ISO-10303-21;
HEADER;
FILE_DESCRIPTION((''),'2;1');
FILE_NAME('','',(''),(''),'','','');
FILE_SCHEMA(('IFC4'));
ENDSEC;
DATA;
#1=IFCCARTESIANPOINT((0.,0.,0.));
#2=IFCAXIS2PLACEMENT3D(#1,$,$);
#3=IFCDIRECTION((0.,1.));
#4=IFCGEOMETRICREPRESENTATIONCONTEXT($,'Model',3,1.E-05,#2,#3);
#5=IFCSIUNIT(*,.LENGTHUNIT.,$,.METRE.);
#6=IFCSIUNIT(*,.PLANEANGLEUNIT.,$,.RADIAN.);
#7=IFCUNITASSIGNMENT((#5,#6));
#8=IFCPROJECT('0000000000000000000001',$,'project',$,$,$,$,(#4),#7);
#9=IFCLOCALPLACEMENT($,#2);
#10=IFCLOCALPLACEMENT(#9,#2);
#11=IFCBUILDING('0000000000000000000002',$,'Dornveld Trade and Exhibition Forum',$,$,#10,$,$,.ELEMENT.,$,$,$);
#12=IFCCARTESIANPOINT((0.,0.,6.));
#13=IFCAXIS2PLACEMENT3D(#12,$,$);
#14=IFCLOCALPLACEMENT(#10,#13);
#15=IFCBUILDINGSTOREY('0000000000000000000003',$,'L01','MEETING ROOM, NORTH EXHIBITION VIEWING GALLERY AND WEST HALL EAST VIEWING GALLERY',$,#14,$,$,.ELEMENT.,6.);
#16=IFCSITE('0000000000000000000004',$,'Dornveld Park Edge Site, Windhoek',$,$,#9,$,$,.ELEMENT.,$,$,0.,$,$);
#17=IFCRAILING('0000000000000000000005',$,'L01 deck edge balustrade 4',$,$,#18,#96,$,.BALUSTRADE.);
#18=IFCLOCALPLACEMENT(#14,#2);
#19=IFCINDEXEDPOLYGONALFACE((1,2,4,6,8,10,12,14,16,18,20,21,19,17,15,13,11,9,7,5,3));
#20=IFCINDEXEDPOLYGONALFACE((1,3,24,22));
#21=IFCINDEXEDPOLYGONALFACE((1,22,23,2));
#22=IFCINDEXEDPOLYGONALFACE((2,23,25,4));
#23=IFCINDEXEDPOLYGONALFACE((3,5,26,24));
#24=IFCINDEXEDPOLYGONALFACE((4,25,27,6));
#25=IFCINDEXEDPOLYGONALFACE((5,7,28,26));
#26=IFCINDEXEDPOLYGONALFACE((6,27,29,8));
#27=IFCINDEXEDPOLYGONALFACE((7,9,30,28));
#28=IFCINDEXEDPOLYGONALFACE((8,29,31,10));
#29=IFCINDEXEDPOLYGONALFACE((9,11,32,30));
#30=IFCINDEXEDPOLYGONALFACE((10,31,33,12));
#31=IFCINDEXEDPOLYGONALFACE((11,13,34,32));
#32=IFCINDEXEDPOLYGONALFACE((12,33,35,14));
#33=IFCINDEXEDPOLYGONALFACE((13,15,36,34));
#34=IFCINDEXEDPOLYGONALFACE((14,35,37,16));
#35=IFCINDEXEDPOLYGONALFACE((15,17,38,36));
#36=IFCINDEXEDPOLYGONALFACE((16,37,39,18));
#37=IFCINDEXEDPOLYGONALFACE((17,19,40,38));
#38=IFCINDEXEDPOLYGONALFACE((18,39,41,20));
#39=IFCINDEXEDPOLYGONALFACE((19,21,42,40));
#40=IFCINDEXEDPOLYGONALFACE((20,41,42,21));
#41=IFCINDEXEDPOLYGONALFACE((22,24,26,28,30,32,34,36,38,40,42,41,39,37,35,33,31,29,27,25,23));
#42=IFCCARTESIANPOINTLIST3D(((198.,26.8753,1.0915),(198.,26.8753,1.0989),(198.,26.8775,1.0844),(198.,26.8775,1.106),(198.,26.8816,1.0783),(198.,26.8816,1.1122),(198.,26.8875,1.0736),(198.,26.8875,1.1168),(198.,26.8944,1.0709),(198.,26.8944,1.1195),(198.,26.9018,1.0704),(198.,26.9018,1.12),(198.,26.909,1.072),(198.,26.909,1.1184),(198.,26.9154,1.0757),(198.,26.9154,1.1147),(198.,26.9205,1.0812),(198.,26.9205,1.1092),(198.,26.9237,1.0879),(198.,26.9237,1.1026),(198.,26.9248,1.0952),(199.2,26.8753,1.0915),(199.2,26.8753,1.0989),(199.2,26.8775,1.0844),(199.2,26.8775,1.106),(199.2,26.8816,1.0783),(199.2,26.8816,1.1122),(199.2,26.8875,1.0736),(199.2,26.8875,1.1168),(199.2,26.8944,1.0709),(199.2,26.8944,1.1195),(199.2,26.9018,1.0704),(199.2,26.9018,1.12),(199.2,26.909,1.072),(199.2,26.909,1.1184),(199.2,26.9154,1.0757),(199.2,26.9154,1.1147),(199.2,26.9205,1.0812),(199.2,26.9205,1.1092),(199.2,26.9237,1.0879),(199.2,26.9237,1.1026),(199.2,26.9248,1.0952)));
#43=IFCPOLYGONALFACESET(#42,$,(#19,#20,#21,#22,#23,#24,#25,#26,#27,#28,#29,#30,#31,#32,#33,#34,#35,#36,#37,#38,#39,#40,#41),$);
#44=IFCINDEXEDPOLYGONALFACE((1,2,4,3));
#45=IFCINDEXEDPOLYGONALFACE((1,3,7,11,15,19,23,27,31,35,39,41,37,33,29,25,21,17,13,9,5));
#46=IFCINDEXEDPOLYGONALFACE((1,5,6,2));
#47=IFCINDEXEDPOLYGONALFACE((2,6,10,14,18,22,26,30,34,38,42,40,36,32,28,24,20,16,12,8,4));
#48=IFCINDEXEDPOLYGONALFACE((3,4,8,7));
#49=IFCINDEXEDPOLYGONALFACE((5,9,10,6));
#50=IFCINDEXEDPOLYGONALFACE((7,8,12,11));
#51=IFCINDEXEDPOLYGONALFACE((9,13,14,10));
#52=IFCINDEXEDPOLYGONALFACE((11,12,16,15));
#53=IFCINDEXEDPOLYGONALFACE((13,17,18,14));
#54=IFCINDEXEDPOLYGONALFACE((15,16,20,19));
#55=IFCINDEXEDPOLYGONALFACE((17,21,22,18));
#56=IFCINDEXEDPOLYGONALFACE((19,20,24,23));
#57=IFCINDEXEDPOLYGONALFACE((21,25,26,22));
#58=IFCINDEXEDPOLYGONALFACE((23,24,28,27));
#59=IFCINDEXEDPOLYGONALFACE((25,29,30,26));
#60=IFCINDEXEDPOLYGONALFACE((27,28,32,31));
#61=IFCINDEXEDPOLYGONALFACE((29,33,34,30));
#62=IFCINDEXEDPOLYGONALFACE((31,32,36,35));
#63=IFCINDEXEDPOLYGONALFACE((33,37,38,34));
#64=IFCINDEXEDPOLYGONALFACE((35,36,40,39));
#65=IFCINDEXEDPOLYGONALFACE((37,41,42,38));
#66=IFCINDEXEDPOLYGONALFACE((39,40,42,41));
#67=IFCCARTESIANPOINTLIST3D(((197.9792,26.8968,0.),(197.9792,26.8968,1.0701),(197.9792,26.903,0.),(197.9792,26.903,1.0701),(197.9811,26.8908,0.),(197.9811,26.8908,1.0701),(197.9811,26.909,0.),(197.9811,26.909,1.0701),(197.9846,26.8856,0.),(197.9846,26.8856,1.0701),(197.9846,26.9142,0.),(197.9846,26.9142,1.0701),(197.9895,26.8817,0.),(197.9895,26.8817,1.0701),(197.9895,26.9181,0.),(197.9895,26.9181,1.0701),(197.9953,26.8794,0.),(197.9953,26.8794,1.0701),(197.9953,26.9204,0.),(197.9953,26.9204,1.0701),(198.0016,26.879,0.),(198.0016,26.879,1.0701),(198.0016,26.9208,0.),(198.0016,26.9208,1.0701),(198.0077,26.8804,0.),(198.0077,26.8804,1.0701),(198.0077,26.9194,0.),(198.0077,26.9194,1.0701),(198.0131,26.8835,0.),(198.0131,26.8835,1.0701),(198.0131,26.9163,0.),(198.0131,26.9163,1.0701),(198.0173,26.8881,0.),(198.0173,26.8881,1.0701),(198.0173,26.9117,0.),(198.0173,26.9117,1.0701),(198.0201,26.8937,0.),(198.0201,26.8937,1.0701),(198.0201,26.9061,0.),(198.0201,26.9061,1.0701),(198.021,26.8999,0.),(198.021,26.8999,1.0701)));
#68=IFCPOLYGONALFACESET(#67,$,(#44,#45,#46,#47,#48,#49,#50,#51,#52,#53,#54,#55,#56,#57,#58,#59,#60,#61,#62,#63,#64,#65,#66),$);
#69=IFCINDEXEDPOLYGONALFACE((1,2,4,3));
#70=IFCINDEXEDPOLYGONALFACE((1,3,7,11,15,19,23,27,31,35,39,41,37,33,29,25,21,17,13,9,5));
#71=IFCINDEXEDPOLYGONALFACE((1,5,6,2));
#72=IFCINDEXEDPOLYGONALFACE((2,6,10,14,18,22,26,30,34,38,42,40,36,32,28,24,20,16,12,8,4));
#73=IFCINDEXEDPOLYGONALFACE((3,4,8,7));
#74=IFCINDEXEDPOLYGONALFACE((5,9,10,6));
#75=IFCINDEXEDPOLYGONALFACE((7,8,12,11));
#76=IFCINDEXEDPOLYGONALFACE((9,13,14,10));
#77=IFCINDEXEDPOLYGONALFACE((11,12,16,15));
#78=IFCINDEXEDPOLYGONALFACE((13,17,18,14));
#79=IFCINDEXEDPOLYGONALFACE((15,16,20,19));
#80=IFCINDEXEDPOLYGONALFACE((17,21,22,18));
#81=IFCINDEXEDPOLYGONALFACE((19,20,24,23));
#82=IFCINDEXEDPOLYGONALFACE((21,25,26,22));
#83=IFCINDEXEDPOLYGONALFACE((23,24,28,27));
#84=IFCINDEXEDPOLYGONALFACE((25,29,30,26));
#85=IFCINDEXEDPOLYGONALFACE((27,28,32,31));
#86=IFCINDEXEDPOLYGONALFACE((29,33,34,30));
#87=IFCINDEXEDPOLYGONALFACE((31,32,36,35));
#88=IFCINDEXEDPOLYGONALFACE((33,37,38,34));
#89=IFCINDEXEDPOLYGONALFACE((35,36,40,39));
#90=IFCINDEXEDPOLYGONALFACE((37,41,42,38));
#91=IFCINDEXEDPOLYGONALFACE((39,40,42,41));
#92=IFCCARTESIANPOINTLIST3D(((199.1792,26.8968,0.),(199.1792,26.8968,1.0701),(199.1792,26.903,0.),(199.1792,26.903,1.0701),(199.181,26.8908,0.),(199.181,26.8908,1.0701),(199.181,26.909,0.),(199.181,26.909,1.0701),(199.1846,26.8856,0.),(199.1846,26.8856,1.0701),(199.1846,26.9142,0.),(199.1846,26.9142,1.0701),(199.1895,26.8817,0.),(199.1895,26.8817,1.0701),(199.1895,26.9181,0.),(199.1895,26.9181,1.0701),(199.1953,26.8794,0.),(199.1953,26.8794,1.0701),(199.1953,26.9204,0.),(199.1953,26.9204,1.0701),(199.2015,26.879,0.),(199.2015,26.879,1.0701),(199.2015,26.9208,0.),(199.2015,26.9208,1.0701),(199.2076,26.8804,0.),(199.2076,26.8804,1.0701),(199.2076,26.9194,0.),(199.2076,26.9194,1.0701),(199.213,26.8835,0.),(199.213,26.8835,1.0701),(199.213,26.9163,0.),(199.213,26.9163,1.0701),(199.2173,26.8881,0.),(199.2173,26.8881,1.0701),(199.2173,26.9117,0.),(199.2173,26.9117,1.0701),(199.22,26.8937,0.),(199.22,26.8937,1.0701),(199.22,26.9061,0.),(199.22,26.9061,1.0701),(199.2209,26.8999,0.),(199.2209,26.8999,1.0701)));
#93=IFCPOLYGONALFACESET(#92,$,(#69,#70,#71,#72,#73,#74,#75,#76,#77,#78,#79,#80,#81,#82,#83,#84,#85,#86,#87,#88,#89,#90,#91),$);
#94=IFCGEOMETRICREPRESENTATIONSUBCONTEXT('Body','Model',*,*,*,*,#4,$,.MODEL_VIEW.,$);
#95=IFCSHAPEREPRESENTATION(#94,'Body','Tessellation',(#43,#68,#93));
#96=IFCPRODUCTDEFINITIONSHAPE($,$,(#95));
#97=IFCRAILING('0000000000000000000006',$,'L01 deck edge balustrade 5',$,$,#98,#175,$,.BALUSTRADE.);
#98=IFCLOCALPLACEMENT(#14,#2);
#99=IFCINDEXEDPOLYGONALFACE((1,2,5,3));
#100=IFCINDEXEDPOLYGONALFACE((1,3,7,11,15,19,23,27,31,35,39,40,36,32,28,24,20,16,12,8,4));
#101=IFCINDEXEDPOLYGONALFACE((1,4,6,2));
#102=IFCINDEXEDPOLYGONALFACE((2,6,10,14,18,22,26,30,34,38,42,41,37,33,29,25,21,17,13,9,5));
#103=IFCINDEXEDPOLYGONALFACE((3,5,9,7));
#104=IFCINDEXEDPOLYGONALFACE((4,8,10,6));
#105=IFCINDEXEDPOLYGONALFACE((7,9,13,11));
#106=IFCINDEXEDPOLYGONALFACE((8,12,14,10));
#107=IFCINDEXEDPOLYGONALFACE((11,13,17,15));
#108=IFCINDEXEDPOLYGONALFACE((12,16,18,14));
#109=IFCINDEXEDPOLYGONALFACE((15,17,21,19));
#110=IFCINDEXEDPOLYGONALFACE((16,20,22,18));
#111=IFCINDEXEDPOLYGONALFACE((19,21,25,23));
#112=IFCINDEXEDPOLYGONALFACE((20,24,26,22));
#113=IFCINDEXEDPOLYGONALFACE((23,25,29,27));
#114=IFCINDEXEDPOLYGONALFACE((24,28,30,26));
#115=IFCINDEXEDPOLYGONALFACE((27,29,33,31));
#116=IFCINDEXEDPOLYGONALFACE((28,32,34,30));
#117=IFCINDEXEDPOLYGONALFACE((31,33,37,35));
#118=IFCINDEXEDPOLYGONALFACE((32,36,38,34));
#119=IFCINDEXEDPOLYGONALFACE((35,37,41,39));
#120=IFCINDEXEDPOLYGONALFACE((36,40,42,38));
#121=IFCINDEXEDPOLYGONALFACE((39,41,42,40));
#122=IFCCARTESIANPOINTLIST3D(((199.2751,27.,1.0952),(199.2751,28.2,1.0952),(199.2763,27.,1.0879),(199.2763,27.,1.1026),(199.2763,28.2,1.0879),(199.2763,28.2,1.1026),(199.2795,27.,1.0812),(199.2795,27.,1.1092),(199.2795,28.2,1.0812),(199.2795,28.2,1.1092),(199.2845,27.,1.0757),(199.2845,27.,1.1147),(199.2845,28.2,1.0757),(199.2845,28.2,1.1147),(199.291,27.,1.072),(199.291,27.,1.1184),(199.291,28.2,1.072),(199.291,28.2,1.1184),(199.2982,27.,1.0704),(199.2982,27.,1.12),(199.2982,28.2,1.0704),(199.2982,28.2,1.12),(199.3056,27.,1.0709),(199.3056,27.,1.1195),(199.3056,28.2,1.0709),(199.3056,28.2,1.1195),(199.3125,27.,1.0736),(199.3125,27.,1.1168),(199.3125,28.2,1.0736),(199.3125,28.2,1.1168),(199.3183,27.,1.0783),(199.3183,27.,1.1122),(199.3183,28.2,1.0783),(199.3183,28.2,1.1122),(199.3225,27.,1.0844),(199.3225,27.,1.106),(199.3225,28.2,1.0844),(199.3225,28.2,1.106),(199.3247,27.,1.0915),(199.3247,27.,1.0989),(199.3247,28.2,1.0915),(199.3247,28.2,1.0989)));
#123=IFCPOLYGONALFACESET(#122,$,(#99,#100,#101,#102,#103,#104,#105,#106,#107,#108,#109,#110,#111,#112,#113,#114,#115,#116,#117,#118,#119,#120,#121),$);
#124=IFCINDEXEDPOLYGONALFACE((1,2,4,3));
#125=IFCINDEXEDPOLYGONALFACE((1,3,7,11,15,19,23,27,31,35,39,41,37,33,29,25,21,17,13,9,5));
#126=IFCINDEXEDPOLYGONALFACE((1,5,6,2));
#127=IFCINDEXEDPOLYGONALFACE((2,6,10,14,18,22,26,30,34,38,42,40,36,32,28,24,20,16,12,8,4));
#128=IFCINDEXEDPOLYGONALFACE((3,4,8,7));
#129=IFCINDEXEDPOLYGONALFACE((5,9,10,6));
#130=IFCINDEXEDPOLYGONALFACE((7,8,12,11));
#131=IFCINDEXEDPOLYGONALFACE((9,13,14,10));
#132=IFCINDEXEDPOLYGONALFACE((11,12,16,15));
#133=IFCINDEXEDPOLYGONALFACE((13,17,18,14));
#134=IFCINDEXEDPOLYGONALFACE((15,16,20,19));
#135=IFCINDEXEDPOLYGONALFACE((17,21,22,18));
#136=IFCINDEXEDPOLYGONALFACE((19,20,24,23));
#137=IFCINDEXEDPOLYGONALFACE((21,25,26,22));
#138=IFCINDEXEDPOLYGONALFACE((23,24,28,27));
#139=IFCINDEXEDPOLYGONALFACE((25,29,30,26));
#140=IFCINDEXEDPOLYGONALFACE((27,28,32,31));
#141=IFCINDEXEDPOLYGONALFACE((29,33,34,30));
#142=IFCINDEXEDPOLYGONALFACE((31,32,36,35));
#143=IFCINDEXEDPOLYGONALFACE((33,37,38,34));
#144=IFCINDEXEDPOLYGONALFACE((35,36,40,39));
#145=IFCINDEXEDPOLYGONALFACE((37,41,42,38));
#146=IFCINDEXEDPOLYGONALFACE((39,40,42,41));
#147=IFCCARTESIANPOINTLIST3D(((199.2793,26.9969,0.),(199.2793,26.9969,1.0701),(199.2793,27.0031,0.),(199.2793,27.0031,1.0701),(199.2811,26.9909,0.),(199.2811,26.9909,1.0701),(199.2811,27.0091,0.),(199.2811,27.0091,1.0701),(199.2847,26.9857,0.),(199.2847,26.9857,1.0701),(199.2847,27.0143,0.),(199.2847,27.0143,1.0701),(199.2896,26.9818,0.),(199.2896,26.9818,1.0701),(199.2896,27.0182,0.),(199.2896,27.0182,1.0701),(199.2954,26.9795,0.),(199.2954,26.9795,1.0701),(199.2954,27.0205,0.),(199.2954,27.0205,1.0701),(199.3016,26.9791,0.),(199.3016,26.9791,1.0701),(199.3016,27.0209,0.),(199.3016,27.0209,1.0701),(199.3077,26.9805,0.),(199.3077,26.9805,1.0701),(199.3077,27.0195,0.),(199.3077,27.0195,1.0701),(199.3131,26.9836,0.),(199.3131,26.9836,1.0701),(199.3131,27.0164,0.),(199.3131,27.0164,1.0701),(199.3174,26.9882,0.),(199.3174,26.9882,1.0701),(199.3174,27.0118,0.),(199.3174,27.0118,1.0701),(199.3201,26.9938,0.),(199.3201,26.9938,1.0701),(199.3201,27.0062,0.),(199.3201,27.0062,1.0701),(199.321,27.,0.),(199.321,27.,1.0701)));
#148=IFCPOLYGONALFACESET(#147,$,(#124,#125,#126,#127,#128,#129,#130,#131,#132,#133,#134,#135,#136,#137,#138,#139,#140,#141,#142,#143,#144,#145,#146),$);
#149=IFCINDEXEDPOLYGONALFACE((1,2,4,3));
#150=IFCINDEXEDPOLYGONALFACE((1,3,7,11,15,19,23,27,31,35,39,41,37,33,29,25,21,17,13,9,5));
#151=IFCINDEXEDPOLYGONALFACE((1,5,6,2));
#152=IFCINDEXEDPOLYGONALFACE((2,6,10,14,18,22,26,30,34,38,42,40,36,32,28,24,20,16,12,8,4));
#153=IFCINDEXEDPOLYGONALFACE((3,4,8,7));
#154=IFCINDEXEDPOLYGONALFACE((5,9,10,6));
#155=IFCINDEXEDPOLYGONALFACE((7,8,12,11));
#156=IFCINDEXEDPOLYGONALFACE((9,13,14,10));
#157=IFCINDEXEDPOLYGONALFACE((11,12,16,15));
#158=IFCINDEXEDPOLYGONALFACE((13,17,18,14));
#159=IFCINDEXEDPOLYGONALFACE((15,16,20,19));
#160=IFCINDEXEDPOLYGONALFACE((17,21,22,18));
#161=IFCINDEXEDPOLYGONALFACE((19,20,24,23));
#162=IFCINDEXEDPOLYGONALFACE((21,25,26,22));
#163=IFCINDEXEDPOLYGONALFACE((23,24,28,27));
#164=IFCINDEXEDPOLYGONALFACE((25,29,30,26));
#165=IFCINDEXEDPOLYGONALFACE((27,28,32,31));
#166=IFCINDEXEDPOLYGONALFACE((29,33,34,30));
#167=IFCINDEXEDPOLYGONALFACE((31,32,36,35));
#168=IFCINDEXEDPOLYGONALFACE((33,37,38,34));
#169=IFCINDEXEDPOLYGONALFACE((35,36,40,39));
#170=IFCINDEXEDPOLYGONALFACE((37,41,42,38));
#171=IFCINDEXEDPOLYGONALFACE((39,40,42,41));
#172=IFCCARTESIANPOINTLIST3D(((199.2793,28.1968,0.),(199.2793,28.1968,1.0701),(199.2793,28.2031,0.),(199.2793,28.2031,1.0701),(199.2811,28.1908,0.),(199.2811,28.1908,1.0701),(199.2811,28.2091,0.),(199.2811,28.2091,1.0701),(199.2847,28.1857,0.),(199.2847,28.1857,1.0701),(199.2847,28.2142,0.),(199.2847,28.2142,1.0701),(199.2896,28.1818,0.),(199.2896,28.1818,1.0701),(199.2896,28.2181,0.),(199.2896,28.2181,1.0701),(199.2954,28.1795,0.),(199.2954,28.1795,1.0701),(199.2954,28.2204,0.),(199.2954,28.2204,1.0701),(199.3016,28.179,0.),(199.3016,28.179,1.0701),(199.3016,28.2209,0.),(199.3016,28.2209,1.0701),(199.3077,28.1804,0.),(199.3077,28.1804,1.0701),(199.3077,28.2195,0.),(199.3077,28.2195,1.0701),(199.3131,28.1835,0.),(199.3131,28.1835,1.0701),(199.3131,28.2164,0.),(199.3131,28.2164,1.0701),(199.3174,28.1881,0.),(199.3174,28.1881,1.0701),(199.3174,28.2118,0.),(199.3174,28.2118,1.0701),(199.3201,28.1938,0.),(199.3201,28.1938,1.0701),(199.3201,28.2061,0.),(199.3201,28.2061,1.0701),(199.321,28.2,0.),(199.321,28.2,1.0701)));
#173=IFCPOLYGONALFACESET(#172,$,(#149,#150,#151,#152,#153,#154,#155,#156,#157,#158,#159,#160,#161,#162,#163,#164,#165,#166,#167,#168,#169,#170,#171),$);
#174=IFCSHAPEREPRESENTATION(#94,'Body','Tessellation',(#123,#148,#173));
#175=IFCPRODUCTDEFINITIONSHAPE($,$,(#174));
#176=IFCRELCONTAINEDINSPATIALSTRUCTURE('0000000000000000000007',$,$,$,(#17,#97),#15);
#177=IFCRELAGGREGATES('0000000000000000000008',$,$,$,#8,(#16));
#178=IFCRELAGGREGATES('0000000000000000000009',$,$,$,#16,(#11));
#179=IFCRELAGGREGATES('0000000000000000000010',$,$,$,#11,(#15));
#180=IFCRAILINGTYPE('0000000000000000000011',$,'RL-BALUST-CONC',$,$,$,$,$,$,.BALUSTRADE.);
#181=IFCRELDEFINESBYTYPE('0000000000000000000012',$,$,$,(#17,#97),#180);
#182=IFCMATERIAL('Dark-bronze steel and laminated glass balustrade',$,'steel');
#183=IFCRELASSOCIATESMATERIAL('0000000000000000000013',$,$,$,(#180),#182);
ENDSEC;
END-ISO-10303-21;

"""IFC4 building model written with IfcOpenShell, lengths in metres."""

from ifc_helpers import new_model, si_unit, direction, frame, origin, origin_2d, place, context, subcontext, project, spatial, circle, extrude, material, type_object, element, save


model = new_model("IFC4")

# Units and contexts
model_context = context("Model", 3, precision=1e-05, world=origin(), true_north=direction((0.0, 1.0)))
body_context = subcontext(model_context, "Body", "Model", "MODEL_VIEW")
ifc_project = project(units=[si_unit("LENGTHUNIT", "METRE"), si_unit("PLANEANGLEUNIT", "RADIAN")], contexts=[model_context])

# Site, building, storey
site_placement = place(None, origin())
site = spatial("IfcSite", under=ifc_project, at=site_placement, Name="Dornveld Park Edge Site, Windhoek", CompositionType="ELEMENT", RefElevation=0.0)
building_placement = place(site_placement, origin())
building = spatial("IfcBuilding", under=site, at=building_placement, Name="Dornveld Trade and Exhibition Forum", CompositionType="ELEMENT")
storey_placement = place(building_placement, frame((0.0, 0.0, 6.0)))
storey = spatial("IfcBuildingStorey", under=building, at=storey_placement, Name="L01", Description="MEETING ROOM, NORTH EXHIBITION VIEWING GALLERY AND WEST HALL EAST VIEWING GALLERY", CompositionType="ELEMENT", Elevation=6.0)

# Railings
ifc_material_1 = material(Name="Dark-bronze steel and laminated glass balustrade", Category="steel")
railing_type = type_object("IfcRailingType", Name="RL-BALUST-CONC", PredefinedType="BALUSTRADE", material=ifc_material_1)
railing_1_placement = place(storey_placement, frame((198.0, 26.8999, 0.0)))
element("IfcRailing", 1, at=railing_1_placement, inside=storey, type_object=railing_type, Name="L01 deck edge balustrade 4", PredefinedType="BALUSTRADE", context=body_context, shape_type="SweptSolid", body=[
    extrude(circle(Radius=0.0249, at=origin_2d()), frame((0.0, 0.0, 1.0952), z_axis=(1.0, 0.0, 0.0), x_axis=(0.0, 1.0, 0.0)), (0.0, 0.0, 1.0), 1.2),
    extrude(circle(Radius=0.021, at=origin_2d()), origin(), (0.0, 0.0, 1.0), 1.0701),
    extrude(circle(Radius=0.021, at=origin_2d()), frame((1.2, 0.0, 0.0)), (0.0, 0.0, 1.0), 1.0701),
])
railing_2_placement = place(storey_placement, frame((199.3, 27.0, 0.0)))
element("IfcRailing", 2, at=railing_2_placement, inside=storey, type_object=railing_type, Name="L01 deck edge balustrade 5", PredefinedType="BALUSTRADE", context=body_context, shape_type="SweptSolid", body=[
    extrude(circle(Radius=0.0249, at=origin_2d()), frame((0.0, 0.0, 1.0952), z_axis=(0.0, 1.0, 0.0), x_axis=(-1.0, 0.0, 0.0)), (0.0, 0.0, 1.0), 1.2),
    extrude(circle(Radius=0.021, at=origin_2d()), origin(), (0.0, 0.0, 1.0), 1.0701),
    extrude(circle(Radius=0.021, at=origin_2d()), frame((0.0, 1.2, 0.0)), (0.0, 0.0, 1.0), 1.0701),
])

save(model, "model.ifc")
